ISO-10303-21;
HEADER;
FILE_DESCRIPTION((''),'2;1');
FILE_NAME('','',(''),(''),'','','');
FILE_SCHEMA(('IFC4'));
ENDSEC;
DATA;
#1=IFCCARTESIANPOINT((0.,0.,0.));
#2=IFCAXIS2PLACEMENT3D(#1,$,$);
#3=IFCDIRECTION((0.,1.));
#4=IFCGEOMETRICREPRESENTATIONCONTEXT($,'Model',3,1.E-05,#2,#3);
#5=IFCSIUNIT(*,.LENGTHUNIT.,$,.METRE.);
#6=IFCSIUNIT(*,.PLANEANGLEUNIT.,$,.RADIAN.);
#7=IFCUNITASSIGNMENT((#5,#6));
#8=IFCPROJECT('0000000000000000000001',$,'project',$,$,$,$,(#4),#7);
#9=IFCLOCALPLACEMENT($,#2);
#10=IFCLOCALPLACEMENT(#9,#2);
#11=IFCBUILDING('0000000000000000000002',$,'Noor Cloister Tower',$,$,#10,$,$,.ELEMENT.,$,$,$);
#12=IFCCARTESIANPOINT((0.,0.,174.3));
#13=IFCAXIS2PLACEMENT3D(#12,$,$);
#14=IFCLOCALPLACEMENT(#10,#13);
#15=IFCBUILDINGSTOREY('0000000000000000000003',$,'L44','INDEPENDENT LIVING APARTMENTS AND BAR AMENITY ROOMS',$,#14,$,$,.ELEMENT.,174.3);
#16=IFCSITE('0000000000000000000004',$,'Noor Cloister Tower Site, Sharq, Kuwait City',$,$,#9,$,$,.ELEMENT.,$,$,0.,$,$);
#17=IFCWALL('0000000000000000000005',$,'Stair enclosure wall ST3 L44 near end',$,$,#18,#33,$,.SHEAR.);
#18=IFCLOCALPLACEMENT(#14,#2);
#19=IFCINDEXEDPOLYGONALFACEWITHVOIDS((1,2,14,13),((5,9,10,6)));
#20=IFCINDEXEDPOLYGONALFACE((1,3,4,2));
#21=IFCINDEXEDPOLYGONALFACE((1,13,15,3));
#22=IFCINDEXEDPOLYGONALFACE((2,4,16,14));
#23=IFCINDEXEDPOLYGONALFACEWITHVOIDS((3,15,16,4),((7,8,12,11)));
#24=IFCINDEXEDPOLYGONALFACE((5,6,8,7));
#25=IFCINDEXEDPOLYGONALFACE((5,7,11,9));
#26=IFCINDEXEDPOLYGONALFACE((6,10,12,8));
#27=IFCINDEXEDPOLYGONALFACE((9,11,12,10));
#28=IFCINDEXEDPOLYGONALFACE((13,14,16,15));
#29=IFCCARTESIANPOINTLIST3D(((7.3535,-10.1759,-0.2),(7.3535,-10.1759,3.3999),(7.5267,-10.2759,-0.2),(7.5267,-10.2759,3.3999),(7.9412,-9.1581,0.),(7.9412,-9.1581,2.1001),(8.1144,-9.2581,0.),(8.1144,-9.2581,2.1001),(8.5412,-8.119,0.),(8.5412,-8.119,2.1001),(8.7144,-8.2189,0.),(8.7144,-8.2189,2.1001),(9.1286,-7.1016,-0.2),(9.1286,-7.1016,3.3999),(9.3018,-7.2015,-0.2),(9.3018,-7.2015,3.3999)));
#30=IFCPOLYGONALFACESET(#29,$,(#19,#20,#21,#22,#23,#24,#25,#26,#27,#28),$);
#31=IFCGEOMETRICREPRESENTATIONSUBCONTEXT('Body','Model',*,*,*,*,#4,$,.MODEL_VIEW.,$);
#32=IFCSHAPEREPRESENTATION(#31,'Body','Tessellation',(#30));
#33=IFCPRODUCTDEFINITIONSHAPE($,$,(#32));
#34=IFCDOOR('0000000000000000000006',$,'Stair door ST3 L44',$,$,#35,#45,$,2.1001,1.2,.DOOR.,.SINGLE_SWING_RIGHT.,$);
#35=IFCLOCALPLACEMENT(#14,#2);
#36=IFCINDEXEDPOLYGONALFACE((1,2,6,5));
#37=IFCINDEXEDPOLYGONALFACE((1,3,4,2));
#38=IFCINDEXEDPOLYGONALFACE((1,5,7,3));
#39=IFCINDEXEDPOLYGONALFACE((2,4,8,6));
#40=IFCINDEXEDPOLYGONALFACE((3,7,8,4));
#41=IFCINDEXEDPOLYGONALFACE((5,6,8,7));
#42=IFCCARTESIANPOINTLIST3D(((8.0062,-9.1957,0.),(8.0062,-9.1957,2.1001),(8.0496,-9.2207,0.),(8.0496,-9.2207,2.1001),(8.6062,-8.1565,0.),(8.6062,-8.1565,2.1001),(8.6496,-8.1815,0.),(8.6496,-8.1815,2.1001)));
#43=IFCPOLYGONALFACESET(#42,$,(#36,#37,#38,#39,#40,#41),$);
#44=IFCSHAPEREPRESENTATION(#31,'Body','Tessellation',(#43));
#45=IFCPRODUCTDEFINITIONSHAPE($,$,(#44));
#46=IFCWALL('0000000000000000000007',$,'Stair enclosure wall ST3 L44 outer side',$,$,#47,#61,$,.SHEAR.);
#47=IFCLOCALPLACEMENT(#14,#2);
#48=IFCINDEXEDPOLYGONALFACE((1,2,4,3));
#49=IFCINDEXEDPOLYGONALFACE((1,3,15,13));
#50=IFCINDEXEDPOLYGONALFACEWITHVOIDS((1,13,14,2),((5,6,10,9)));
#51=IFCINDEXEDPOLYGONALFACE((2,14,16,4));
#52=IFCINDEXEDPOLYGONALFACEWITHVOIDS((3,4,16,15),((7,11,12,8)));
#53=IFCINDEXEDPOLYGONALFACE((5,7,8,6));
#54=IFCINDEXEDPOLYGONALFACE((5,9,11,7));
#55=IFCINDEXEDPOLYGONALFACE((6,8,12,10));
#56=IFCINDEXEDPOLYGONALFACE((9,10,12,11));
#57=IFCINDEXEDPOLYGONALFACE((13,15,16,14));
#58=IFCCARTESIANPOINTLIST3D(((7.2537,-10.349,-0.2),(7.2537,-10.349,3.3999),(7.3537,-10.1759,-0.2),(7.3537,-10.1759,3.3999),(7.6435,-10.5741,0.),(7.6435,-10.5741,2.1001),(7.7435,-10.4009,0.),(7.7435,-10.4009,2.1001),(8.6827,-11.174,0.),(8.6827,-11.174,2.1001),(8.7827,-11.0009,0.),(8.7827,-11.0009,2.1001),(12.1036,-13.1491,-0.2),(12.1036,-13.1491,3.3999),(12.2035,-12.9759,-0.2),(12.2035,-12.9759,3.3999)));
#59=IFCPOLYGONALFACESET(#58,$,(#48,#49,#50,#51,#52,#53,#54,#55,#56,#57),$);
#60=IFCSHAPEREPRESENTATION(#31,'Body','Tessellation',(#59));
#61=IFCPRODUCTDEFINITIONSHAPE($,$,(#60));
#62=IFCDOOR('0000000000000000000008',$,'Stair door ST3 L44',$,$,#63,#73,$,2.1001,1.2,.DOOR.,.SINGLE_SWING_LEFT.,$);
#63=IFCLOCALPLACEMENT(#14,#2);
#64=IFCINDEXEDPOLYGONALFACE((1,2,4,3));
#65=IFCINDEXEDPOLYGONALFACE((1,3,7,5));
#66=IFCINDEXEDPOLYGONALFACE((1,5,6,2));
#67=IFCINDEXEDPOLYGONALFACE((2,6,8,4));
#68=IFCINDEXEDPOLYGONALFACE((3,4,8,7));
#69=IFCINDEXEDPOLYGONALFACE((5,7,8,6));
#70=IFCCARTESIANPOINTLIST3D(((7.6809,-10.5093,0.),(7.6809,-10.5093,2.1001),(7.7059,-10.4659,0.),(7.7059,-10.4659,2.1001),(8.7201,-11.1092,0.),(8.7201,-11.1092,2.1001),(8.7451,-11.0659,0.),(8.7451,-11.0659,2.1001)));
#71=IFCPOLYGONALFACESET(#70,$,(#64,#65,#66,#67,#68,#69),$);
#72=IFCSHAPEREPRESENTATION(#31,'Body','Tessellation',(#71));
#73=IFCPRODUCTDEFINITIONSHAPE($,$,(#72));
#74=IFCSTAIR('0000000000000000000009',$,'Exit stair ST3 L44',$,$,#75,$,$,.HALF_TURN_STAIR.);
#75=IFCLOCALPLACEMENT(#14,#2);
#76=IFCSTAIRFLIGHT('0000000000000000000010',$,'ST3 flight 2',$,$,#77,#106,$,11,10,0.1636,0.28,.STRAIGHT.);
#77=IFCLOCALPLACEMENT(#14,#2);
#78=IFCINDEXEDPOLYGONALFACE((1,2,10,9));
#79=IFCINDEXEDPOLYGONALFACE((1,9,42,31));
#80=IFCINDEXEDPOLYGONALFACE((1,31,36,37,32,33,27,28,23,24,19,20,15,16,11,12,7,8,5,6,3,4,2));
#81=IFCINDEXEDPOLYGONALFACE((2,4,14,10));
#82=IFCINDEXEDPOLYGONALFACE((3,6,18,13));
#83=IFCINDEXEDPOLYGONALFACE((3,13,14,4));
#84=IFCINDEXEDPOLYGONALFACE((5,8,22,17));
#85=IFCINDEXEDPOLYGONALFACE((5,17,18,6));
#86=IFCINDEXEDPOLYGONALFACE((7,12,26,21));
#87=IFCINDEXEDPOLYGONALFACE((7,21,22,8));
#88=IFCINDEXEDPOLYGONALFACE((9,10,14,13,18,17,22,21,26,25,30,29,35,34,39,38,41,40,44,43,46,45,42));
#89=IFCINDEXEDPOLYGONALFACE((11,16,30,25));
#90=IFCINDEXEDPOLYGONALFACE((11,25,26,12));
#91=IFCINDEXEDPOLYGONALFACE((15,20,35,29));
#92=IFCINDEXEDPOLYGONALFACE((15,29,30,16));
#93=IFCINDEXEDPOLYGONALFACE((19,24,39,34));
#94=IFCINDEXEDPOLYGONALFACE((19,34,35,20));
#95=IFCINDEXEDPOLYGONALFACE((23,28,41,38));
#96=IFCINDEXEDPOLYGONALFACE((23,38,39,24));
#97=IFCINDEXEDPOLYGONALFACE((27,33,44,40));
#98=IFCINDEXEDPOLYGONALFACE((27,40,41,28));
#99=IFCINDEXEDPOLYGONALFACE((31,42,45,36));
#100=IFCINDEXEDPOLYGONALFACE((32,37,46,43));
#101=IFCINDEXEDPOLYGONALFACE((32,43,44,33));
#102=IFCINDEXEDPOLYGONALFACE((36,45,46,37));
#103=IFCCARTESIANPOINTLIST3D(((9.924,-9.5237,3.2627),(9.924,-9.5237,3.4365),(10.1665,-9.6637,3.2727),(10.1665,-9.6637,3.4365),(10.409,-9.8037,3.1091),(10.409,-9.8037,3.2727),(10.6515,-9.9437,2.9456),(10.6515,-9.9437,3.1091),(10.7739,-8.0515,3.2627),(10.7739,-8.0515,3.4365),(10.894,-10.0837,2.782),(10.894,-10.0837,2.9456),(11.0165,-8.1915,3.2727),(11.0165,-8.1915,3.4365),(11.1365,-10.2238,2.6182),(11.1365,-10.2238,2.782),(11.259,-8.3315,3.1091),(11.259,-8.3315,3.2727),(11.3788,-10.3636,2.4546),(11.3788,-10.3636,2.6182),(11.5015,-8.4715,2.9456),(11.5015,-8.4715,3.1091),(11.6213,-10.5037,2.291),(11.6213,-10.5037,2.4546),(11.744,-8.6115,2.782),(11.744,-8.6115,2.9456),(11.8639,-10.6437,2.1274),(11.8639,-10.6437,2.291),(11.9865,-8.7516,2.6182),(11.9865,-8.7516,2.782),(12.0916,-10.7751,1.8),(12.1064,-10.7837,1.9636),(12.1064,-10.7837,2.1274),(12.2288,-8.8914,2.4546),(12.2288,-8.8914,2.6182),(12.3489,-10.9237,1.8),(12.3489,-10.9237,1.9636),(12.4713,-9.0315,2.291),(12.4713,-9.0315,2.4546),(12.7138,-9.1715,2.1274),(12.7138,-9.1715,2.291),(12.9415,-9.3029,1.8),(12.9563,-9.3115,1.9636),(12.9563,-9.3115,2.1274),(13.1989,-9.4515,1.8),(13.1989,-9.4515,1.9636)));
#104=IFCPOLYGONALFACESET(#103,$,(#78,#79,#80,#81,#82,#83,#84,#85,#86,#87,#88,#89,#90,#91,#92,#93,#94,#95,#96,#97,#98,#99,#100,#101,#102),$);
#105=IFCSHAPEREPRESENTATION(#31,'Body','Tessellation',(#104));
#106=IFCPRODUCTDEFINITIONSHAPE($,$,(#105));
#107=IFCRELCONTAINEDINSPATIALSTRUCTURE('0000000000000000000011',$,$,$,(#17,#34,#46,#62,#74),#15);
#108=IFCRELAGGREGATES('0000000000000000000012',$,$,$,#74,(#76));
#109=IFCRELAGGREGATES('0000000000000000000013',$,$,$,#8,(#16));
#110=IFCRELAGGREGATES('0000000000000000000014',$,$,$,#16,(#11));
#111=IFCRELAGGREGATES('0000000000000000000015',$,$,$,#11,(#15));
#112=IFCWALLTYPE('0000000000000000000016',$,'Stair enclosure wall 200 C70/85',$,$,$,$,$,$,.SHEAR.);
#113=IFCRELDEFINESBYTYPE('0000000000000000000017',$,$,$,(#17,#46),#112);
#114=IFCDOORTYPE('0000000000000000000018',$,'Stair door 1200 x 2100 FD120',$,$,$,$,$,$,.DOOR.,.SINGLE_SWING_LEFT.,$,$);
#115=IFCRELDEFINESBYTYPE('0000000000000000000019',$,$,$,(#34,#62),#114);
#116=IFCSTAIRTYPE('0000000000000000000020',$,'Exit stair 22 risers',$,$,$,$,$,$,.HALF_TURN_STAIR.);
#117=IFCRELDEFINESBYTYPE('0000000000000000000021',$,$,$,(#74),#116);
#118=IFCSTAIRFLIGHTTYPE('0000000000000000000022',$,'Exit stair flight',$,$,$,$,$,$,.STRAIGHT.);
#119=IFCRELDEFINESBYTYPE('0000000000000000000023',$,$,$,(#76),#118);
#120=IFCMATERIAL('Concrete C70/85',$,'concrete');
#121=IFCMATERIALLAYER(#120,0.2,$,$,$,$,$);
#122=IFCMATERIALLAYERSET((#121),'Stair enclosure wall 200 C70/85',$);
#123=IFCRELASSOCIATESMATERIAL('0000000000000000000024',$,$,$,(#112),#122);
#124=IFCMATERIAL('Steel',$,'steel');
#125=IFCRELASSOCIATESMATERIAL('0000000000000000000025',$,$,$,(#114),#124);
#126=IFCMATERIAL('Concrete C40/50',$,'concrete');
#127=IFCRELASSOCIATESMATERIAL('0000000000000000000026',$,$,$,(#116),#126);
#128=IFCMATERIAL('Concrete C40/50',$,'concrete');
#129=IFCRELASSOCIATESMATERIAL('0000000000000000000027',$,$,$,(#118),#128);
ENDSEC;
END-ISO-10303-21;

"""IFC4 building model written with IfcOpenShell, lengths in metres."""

from ifc_helpers import new_model, si_unit, direction, frame, frame_2d, origin, place, context, subcontext, project, spatial, polyline, rectangle, outline, extrude, material, layer, layer_set, type_object, element, fill, aggregate, save


model = new_model("IFC4")

# Units and contexts
model_context = context("Model", 3, precision=1e-05, world=origin(), true_north=direction((0.0, 1.0)))
body_context = subcontext(model_context, "Body", "Model", "MODEL_VIEW")
ifc_project = project(units=[si_unit("LENGTHUNIT", "METRE"), si_unit("PLANEANGLEUNIT", "RADIAN")], contexts=[model_context])

# Site, building, storey
site_placement = place(None, origin())
site = spatial("IfcSite", under=ifc_project, at=site_placement, Name="Noor Cloister Tower Site, Sharq, Kuwait City", CompositionType="ELEMENT", RefElevation=0.0)
building_placement = place(site_placement, origin())
building = spatial("IfcBuilding", under=site, at=building_placement, Name="Noor Cloister Tower", CompositionType="ELEMENT")
storey_placement = place(building_placement, frame((0.0, 0.0, 174.3)))
storey = spatial("IfcBuildingStorey", under=building, at=storey_placement, Name="L44", Description="INDEPENDENT LIVING APARTMENTS AND BAR AMENITY ROOMS", CompositionType="ELEMENT", Elevation=174.3)

# Walls, openings, doors
ifc_material_1 = material(Name="Concrete C70/85", Category="concrete")
ifc_layer_1 = layer(ifc_material_1, 0.2)
ifc_layer_set_1 = layer_set([ifc_layer_1], Name="Stair enclosure wall 200 C70/85")
wall_type_1 = type_object("IfcWallType", Name="Stair enclosure wall 200 C70/85", PredefinedType="SHEAR", material=ifc_layer_set_1)
wall_1_placement = place(storey_placement, frame((7.4402, -10.2258, -0.2), z_axis=(0.0, 0.0, 1.0), x_axis=(0.500022, 0.866013, 0.0)))
wall_1 = element("IfcWall", 1, at=wall_1_placement, inside=storey, type_object=wall_type_1, Name="Stair enclosure wall ST3 L44 near end", PredefinedType="SHEAR", context=body_context, shape_type="SweptSolid", body=[
    extrude(rectangle(XDim=3.55, YDim=0.2, at=frame_2d((1.7749, 0.0))), origin(), (0.0, 0.0, 1.0), 3.5999),
])
opening_1_placement = place(wall_1_placement, frame((1.175, 0.0, 0.2)))
opening_1 = element("IfcOpeningElement", 2, at=opening_1_placement, cuts=wall_1, PredefinedType="OPENING", context=body_context, shape_type="SweptSolid", body=[
    extrude(rectangle(XDim=1.2, YDim=2.1001, at=frame_2d((0.6001, 1.05))), frame((0.0, 0.1099, 0.0), z_axis=(0.0, -1.0, 0.0), x_axis=(1.0, 0.0, 0.0)), (0.0, 0.0, 1.0), 0.22),
])
ifc_material_2 = material(Name="Steel", Category="steel")
door_type_1 = type_object("IfcDoorType", Name="Stair door 1200 x 2100 FD120", OperationType="SINGLE_SWING_LEFT", PredefinedType="DOOR", material=ifc_material_2)
door_1_placement = place(opening_1_placement, origin())
door_1 = element("IfcDoor", 3, at=door_1_placement, inside=storey, type_object=door_type_1, Name="Stair door ST3 L44", OperationType="SINGLE_SWING_RIGHT", OverallHeight=2.1001, OverallWidth=1.2, PredefinedType="DOOR", context=body_context, shape_type="SweptSolid", body=[
    extrude(rectangle(XDim=1.2, YDim=2.1001, at=frame_2d((0.6001, 1.05))), frame((0.0, 0.0249, 0.0), z_axis=(0.0, -1.0, 0.0), x_axis=(1.0, 0.0, 0.0)), (0.0, 0.0, 1.0), 0.05),
])
fill(opening_1, door_1)
wall_2_placement = place(storey_placement, frame((7.3037, -10.2625, -0.2), z_axis=(0.0, 0.0, 1.0), x_axis=(0.866027, -0.499998, 0.0)))
wall_2 = element("IfcWall", 4, at=wall_2_placement, inside=storey, type_object=wall_type_1, Name="Stair enclosure wall ST3 L44 outer side", PredefinedType="SHEAR", context=body_context, shape_type="SweptSolid", body=[
    extrude(rectangle(XDim=5.6001, YDim=0.2, at=frame_2d((2.8, 0.0))), origin(), (0.0, 0.0, 1.0), 3.5999),
])
opening_2_placement = place(wall_2_placement, frame((0.45, 0.0, 0.2)))
opening_2 = element("IfcOpeningElement", 5, at=opening_2_placement, cuts=wall_2, PredefinedType="OPENING", context=body_context, shape_type="SweptSolid", body=[
    extrude(rectangle(XDim=1.2, YDim=2.1001, at=frame_2d((0.6001, 1.05))), frame((0.0, 0.1099, 0.0), z_axis=(0.0, -1.0, 0.0), x_axis=(1.0, 0.0, 0.0)), (0.0, 0.0, 1.0), 0.22),
])
door_2_placement = place(opening_2_placement, origin())
door_2 = element("IfcDoor", 6, at=door_2_placement, inside=storey, type_object=door_type_1, Name="Stair door ST3 L44", OperationType="SINGLE_SWING_LEFT", OverallHeight=2.1001, OverallWidth=1.2, PredefinedType="DOOR", context=body_context, shape_type="SweptSolid", body=[
    extrude(rectangle(XDim=1.2, YDim=2.1001, at=frame_2d((0.6001, 1.05))), frame((0.0, 0.0249, 0.0), z_axis=(0.0, -1.0, 0.0), x_axis=(1.0, 0.0, 0.0)), (0.0, 0.0, 1.0), 0.05),
])
fill(opening_2, door_2)

# Stair, stair flight
ifc_material_3 = material(Name="Concrete C40/50", Category="concrete")
stair_type = type_object("IfcStairType", Name="Exit stair 22 risers", PredefinedType="HALF_TURN_STAIR", material=ifc_material_3)
stair_placement = place(storey_placement, origin())
stair = element("IfcStair", 7, at=stair_placement, inside=storey, type_object=stair_type, Name="Exit stair ST3 L44", PredefinedType="HALF_TURN_STAIR")
ifc_material_4 = material(Name="Concrete C40/50", Category="concrete")
stair_flight_type = type_object("IfcStairFlightType", Name="Exit stair flight", PredefinedType="STRAIGHT", material=ifc_material_4)
stair_flight_placement = place(storey_placement, frame((12.7739, -10.1875, 1.8), z_axis=(0.0, 0.0, 1.0), x_axis=(-0.866025, 0.5, 0.0)))
stair_flight = element("IfcStairFlight", 8, at=stair_flight_placement, type_object=stair_flight_type, Name="ST3 flight 2", NumberOfRisers=11, NumberOfTreads=10, PredefinedType="STRAIGHT", RiserHeight=0.1636, TreadLength=0.28, context=body_context, shape_type="SweptSolid", body=[
    extrude(outline(polyline([(0.0, 0.0), (0.0, 0.1636), (0.28, 0.1636), (0.28, 0.3274), (0.5601, 0.3274), (0.5601, 0.491), (0.8401, 0.491), (0.8401, 0.6545), (1.1201, 0.6545), (1.1201, 0.8181), (1.3999, 0.8181), (1.3999, 0.9819), (1.6799, 0.9819), (1.6799, 1.1455), (1.96, 1.1455), (1.96, 1.3091), (2.24, 1.3091), (2.24, 1.4727), (2.52, 1.4727), (2.52, 1.6365), (2.8, 1.6365), (2.8, 1.8), (2.8, 1.4626), (0.2971, 0.0), (0.0, 0.0)])), frame((0.0, 0.8501, 0.0), z_axis=(0.0, -1.0, 0.0), x_axis=(1.0, 0.0, 0.0)), (0.0, 0.0, 1.0), 1.7),
])
aggregate(stair, [stair_flight])

save(model, "model.ifc")
